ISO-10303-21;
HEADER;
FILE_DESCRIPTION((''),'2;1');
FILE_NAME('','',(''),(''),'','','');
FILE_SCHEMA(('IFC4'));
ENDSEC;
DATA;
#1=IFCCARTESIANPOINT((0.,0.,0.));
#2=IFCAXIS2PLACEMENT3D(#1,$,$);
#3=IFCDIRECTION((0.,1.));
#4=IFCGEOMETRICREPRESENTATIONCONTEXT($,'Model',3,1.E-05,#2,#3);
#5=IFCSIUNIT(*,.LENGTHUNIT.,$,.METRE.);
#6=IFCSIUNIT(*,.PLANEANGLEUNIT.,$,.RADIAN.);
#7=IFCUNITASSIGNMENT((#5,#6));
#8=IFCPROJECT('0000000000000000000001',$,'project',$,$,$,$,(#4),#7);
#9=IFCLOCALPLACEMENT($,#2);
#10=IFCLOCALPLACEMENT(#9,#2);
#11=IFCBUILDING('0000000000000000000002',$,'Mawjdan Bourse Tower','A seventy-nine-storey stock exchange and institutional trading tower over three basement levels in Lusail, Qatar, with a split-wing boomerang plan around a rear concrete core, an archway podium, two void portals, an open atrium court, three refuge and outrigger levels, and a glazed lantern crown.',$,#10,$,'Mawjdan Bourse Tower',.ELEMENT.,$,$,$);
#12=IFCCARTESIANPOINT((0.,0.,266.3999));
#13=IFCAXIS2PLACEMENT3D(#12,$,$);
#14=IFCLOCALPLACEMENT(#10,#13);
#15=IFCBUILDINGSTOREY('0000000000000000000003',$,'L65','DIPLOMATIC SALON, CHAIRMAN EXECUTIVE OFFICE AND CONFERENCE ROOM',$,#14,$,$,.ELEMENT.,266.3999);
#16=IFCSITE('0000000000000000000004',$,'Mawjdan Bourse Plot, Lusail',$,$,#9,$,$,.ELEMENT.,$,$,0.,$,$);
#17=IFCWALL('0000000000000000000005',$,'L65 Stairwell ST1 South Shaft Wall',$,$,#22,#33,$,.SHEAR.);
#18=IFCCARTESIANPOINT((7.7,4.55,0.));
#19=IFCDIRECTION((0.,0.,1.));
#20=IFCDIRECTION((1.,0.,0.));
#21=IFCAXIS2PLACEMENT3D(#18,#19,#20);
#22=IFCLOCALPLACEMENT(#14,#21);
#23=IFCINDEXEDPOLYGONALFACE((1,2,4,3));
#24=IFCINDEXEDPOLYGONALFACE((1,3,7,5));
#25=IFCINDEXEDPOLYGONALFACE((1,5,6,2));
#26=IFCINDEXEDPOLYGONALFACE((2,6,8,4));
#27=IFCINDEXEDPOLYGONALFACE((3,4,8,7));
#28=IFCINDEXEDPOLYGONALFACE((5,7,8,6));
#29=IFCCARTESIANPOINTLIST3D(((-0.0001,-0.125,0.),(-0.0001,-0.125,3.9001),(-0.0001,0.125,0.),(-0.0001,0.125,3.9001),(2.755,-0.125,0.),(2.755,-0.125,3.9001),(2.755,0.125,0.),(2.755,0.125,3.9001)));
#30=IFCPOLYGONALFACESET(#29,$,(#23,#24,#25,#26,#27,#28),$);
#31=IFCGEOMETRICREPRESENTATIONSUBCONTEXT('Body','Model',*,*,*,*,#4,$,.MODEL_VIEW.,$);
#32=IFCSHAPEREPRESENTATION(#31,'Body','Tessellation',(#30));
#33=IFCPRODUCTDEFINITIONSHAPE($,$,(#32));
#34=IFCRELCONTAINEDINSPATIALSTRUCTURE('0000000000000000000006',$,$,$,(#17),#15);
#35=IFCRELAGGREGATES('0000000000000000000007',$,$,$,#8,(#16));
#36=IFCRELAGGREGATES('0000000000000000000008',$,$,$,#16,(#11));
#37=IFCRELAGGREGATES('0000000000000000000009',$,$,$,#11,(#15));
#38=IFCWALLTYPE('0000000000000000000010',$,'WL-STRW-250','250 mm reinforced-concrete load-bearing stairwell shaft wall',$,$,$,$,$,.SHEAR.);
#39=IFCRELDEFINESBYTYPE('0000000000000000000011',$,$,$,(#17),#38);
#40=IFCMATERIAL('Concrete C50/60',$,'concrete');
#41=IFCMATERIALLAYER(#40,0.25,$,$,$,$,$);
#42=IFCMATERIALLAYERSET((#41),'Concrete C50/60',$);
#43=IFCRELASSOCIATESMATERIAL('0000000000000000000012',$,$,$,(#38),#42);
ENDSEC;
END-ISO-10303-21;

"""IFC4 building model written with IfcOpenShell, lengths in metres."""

from ifc_helpers import new_model, si_unit, direction, frame, frame_2d, origin, place, context, subcontext, project, spatial, rectangle, extrude, material, layer, layer_set, type_object, element, save


model = new_model("IFC4")

# Units and contexts
model_context = context("Model", 3, precision=1e-05, world=origin(), true_north=direction((0.0, 1.0)))
body_context = subcontext(model_context, "Body", "Model", "MODEL_VIEW")
ifc_project = project(units=[si_unit("LENGTHUNIT", "METRE"), si_unit("PLANEANGLEUNIT", "RADIAN")], contexts=[model_context])

# Site, building, storey
site_placement = place(None, origin())
site = spatial("IfcSite", under=ifc_project, at=site_placement, Name="Mawjdan Bourse Plot, Lusail", CompositionType="ELEMENT", RefElevation=0.0)
building_placement = place(site_placement, origin())
building = spatial("IfcBuilding", under=site, at=building_placement, Name="Mawjdan Bourse Tower", Description="A seventy-nine-storey stock exchange and institutional trading tower over three basement levels in Lusail, Qatar, with a split-wing boomerang plan around a rear concrete core, an archway podium, two void portals, an open atrium court, three refuge and outrigger levels, and a glazed lantern crown.", LongName="Mawjdan Bourse Tower", CompositionType="ELEMENT")
storey_placement = place(building_placement, frame((0.0, 0.0, 266.3999)))
storey = spatial("IfcBuildingStorey", under=building, at=storey_placement, Name="L65", Description="DIPLOMATIC SALON, CHAIRMAN EXECUTIVE OFFICE AND CONFERENCE ROOM", CompositionType="ELEMENT", Elevation=266.3999)

# Shared definitions
ifc_material_1 = material(Name="Concrete C50/60", Category="concrete")

# Wall
ifc_layer_1 = layer(ifc_material_1, 0.25)
ifc_layer_set_1 = layer_set([ifc_layer_1], Name="Concrete C50/60")
wall_type_1 = type_object("IfcWallType", Name="WL-STRW-250", Description="250 mm reinforced-concrete load-bearing stairwell shaft wall", PredefinedType="SHEAR", material=ifc_layer_set_1)
wall_1_placement = place(storey_placement, frame((7.7, 4.55, 0.0), z_axis=(0.0, 0.0, 1.0), x_axis=(1.0, 0.0, 0.0)))
element("IfcWall", 1, at=wall_1_placement, inside=storey, type_object=wall_type_1, Name="L65 Stairwell ST1 South Shaft Wall", PredefinedType="SHEAR", context=body_context, shape_type="SweptSolid", body=[
    extrude(rectangle(XDim=2.7551, YDim=0.25, at=frame_2d((1.3774, 0.0))), origin(), (0.0, 0.0, 1.0), 3.9001),
])

save(model, "model.ifc")
